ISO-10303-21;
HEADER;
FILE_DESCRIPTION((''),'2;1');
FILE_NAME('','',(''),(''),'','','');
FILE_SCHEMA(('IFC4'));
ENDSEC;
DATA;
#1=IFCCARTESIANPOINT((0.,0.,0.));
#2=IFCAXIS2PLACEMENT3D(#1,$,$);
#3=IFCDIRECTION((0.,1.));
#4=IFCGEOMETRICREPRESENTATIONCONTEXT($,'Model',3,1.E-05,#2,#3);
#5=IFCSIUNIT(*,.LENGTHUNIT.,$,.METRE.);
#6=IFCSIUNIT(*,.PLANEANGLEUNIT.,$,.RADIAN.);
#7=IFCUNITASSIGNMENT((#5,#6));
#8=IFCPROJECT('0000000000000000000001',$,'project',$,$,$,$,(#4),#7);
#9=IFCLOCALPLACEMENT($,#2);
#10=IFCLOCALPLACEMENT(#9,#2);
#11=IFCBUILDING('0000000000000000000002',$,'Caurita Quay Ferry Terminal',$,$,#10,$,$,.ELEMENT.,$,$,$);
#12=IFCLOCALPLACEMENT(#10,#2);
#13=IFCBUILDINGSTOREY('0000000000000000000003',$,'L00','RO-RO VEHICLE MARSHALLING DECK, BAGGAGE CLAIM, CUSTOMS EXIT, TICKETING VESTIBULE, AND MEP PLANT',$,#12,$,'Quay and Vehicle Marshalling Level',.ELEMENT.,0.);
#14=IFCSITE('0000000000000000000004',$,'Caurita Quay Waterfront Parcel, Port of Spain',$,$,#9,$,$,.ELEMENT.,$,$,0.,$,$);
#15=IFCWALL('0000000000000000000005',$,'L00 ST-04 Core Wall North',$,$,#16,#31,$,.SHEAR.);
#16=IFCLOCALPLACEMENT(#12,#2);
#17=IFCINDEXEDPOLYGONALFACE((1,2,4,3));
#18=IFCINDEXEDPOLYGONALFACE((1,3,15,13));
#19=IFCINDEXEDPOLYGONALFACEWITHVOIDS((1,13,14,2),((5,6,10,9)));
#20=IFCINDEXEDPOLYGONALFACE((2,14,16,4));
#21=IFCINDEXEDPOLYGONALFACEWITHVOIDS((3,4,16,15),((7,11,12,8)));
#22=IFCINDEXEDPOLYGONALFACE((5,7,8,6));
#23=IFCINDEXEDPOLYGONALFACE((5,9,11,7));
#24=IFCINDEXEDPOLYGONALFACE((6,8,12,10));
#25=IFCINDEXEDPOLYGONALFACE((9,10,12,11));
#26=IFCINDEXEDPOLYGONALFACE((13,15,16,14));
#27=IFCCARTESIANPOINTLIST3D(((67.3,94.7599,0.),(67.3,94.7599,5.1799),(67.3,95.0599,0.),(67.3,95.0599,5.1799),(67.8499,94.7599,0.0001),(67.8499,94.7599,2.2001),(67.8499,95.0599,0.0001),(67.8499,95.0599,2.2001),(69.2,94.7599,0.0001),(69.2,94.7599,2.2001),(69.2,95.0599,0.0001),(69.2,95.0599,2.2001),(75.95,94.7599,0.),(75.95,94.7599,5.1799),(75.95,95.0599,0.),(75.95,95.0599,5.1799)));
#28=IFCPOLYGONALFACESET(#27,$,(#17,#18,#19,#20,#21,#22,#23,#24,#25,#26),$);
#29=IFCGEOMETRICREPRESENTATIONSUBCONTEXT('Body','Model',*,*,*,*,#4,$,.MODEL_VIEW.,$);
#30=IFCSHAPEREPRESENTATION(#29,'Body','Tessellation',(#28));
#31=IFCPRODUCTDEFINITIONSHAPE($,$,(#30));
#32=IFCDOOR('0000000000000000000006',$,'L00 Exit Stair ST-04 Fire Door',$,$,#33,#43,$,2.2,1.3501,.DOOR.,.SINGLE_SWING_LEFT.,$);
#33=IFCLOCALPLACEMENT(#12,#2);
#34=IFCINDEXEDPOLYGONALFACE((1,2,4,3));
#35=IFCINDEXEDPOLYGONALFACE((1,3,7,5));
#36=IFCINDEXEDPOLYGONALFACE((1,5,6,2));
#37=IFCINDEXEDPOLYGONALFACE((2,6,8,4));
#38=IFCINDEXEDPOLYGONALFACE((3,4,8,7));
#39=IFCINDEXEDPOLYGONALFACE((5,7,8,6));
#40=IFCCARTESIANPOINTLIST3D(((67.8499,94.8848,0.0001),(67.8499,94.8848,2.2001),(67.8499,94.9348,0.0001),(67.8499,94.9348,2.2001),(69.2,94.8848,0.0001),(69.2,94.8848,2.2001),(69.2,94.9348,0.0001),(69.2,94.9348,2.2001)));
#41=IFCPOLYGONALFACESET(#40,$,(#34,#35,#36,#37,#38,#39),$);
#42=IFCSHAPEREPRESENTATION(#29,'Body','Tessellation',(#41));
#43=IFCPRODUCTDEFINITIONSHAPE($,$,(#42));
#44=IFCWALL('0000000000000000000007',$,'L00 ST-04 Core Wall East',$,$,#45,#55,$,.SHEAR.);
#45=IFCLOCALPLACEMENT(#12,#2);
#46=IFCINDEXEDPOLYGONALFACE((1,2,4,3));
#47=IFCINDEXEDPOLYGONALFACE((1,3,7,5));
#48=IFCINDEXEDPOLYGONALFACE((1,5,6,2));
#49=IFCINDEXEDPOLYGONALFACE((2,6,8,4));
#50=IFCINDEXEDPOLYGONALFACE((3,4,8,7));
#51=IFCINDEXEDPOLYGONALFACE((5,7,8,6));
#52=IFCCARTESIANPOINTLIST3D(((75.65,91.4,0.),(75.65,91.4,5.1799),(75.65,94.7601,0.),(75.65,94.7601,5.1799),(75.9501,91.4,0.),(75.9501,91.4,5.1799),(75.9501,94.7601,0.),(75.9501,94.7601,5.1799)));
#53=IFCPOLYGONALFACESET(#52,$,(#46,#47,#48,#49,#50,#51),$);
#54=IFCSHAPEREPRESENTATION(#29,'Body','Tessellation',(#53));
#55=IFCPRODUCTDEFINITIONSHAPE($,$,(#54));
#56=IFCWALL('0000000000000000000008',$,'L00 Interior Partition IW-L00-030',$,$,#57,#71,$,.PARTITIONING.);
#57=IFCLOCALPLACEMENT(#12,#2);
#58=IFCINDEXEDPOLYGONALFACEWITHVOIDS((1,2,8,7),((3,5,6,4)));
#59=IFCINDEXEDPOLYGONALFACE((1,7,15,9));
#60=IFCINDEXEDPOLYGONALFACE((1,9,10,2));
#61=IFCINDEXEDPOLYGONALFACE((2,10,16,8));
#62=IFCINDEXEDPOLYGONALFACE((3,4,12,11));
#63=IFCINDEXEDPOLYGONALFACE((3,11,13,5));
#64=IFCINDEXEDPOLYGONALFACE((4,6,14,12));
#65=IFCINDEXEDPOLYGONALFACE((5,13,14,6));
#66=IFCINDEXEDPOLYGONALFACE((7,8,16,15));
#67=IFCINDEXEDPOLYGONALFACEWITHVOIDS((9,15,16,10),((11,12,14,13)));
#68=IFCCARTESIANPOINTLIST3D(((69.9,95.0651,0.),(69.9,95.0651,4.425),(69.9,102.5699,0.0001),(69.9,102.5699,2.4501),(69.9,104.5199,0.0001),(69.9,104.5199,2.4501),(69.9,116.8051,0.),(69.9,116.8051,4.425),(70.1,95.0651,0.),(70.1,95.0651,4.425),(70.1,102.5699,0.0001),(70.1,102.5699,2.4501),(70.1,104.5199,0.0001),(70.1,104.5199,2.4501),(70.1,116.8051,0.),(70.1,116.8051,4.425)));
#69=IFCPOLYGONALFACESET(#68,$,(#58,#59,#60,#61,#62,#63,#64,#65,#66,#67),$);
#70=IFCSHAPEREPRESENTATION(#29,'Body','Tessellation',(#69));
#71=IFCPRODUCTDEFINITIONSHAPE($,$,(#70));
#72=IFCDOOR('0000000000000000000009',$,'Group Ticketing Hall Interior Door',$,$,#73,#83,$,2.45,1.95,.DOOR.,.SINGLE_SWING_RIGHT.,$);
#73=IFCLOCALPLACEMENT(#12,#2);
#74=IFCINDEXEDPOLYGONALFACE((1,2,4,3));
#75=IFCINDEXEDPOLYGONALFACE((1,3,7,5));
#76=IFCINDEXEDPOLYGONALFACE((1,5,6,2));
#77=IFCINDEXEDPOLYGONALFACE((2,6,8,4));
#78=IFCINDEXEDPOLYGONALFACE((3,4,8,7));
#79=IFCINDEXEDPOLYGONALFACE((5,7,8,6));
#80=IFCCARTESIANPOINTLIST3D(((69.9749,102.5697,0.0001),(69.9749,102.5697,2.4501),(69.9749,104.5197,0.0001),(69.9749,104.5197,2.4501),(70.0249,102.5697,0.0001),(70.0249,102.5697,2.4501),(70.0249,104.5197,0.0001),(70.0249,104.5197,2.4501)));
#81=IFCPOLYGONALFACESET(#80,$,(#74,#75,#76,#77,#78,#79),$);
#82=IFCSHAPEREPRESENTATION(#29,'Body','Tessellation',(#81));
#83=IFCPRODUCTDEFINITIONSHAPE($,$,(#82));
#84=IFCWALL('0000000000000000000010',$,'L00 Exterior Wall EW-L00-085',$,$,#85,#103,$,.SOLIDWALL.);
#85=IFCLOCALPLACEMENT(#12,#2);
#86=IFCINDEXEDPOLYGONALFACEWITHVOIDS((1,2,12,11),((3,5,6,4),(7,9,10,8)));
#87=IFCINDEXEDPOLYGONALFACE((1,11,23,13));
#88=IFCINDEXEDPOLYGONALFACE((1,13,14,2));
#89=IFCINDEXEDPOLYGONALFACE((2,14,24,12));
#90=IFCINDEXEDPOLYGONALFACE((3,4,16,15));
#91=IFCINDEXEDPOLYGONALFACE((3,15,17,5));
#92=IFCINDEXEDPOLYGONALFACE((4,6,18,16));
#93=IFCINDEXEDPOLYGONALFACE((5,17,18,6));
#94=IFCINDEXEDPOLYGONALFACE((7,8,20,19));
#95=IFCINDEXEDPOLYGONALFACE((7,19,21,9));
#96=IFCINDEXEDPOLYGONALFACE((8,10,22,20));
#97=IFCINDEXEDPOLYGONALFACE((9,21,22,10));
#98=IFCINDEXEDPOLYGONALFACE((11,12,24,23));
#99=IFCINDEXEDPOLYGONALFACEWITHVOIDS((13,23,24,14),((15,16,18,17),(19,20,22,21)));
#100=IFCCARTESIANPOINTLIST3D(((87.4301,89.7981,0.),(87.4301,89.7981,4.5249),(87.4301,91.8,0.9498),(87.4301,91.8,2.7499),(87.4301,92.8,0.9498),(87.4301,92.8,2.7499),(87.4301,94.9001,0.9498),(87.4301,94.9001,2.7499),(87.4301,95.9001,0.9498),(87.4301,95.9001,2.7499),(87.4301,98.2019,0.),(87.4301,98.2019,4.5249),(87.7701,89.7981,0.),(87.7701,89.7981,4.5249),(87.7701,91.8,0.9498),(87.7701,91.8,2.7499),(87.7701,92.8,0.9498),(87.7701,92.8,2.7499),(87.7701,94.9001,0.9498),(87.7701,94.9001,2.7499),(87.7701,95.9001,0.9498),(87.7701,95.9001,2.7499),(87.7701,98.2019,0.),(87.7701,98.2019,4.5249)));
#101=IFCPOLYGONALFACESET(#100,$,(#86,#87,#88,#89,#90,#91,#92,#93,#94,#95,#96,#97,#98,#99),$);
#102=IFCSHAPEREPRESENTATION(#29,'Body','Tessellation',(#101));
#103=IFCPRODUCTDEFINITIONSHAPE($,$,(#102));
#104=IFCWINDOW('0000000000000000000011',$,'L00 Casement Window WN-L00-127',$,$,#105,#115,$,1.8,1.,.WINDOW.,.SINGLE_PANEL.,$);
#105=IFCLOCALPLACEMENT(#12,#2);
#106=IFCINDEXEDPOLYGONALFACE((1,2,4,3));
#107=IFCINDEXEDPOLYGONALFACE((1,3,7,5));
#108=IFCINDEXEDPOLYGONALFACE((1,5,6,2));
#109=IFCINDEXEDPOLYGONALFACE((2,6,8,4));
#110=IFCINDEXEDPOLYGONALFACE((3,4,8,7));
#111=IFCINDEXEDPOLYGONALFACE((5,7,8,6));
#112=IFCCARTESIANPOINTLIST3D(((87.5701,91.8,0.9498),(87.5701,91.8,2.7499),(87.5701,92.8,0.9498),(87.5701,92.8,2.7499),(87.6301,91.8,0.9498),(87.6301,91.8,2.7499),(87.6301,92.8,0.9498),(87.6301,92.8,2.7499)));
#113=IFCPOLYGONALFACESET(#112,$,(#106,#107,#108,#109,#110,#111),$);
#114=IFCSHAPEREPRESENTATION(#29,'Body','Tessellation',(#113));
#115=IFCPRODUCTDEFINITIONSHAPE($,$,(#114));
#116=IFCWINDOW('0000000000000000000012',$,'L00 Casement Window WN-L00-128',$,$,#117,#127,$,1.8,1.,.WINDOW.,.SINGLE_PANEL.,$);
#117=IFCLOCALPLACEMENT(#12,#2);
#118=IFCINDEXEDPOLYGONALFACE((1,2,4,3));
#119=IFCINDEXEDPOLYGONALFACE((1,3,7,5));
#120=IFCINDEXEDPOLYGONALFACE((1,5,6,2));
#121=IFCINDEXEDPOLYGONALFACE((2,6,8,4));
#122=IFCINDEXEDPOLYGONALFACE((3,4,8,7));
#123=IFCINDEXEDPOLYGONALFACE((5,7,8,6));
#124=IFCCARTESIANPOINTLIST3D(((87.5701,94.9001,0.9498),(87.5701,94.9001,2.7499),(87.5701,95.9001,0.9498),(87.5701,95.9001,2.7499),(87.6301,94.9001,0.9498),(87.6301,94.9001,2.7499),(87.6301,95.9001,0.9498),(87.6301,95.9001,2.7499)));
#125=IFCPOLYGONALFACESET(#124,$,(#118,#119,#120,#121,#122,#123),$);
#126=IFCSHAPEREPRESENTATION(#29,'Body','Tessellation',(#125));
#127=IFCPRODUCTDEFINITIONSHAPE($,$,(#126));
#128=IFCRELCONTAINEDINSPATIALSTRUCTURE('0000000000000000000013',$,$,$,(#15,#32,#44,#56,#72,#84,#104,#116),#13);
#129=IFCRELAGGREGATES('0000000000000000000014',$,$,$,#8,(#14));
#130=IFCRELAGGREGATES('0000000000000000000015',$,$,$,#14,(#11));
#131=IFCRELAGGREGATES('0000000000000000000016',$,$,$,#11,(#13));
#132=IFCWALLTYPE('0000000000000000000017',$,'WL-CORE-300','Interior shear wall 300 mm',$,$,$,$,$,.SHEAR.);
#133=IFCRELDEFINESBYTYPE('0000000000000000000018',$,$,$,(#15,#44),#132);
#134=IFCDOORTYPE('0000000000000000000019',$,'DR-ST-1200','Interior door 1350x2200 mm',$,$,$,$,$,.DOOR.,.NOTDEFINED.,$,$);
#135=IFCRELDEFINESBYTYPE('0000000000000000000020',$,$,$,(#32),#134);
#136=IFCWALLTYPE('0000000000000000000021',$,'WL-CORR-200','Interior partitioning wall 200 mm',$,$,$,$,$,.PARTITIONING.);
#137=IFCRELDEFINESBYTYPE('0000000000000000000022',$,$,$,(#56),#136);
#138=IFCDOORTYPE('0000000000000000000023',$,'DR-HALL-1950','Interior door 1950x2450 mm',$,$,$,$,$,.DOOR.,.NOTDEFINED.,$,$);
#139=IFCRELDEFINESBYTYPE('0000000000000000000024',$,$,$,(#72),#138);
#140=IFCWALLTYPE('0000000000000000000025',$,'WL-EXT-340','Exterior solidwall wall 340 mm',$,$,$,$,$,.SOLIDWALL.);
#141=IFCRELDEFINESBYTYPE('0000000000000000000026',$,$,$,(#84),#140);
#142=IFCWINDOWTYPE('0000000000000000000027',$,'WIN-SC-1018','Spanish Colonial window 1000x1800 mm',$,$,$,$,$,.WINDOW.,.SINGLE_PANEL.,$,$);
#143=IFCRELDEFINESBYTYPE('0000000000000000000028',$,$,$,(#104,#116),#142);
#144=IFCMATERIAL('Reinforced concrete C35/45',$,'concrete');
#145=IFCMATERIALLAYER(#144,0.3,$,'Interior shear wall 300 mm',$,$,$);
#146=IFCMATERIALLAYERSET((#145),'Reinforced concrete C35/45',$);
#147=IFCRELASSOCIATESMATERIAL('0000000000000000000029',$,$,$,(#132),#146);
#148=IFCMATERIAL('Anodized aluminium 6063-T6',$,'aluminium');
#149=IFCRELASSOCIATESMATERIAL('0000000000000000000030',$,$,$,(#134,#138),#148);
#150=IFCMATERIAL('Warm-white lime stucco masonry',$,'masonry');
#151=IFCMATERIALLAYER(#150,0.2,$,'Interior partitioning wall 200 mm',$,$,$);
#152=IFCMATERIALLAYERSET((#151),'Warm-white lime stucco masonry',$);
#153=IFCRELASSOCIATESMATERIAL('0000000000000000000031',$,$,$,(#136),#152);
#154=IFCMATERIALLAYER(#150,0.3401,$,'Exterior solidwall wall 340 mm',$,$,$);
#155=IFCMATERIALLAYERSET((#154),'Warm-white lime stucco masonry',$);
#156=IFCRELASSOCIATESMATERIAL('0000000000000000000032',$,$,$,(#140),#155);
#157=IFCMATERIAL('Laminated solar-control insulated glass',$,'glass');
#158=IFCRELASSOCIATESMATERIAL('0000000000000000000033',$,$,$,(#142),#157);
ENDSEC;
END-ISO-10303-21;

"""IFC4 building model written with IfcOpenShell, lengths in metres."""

from ifc_helpers import new_model, si_unit, direction, frame, frame_2d, origin, place, context, subcontext, project, spatial, rectangle, extrude, material, layer, layer_set, type_object, element, fill, save


model = new_model("IFC4")

# Units and contexts
model_context = context("Model", 3, precision=1e-05, world=origin(), true_north=direction((0.0, 1.0)))
body_context = subcontext(model_context, "Body", "Model", "MODEL_VIEW")
ifc_project = project(units=[si_unit("LENGTHUNIT", "METRE"), si_unit("PLANEANGLEUNIT", "RADIAN")], contexts=[model_context])

# Site, building, storey
site_placement = place(None, origin())
site = spatial("IfcSite", under=ifc_project, at=site_placement, Name="Caurita Quay Waterfront Parcel, Port of Spain", CompositionType="ELEMENT", RefElevation=0.0)
building_placement = place(site_placement, origin())
building = spatial("IfcBuilding", under=site, at=building_placement, Name="Caurita Quay Ferry Terminal", CompositionType="ELEMENT")
storey_placement = place(building_placement, origin())
storey = spatial("IfcBuildingStorey", under=building, at=storey_placement, Name="L00", Description="RO-RO VEHICLE MARSHALLING DECK, BAGGAGE CLAIM, CUSTOMS EXIT, TICKETING VESTIBULE, AND MEP PLANT", LongName="Quay and Vehicle Marshalling Level", CompositionType="ELEMENT", Elevation=0.0)

# Shared definitions
ifc_material_1 = material(Name="Reinforced concrete C35/45", Category="concrete")

# Wall, opening, door
ifc_layer_1 = layer(ifc_material_1, 0.3, Name="Interior shear wall 300 mm")
ifc_layer_set_1 = layer_set([ifc_layer_1], Name="Reinforced concrete C35/45")
wall_type_1 = type_object("IfcWallType", Name="WL-CORE-300", Description="Interior shear wall 300 mm", PredefinedType="SHEAR", material=ifc_layer_set_1)
wall_1_placement = place(storey_placement, frame((75.95, 94.9099, 0.0), z_axis=(0.0, 0.0, 1.0), x_axis=(-1.0, 0.0, 0.0)))
wall_1 = element("IfcWall", 1, at=wall_1_placement, inside=storey, type_object=wall_type_1, Name="L00 ST-04 Core Wall North", PredefinedType="SHEAR", context=body_context, shape_type="SweptSolid", body=[
    extrude(rectangle(XDim=8.6499, YDim=0.3, at=frame_2d((4.325, 0.0))), origin(), (0.0, 0.0, 1.0), 5.1799),
])
opening_1_placement = place(wall_1_placement, frame((6.75, 0.0, 0.0)))
opening_1 = element("IfcOpeningElement", 2, at=opening_1_placement, cuts=wall_1, PredefinedType="OPENING", context=body_context, shape_type="SweptSolid", body=[
    extrude(rectangle(XDim=1.3501, YDim=2.2, at=frame_2d((0.675, 1.1001))), frame((0.0, 0.1599, 0.0), z_axis=(0.0, -1.0, 0.0), x_axis=(1.0, 0.0, 0.0)), (0.0, 0.0, 1.0), 0.3201),
])
ifc_material_2 = material(Name="Anodized aluminium 6063-T6", Category="aluminium")
door_type_1 = type_object("IfcDoorType", Name="DR-ST-1200", Description="Interior door 1350x2200 mm", OperationType="NOTDEFINED", PredefinedType="DOOR", material=ifc_material_2)
door_1_placement = place(opening_1_placement, frame((1.3501, 0.0, 0.0), z_axis=(0.0, 0.0, 1.0), x_axis=(-1.0, 0.0, 0.0)))
door_1 = element("IfcDoor", 3, at=door_1_placement, inside=storey, type_object=door_type_1, Name="L00 Exit Stair ST-04 Fire Door", OperationType="SINGLE_SWING_LEFT", OverallHeight=2.2, OverallWidth=1.3501, PredefinedType="DOOR", context=body_context, shape_type="SweptSolid", body=[
    extrude(rectangle(XDim=1.3501, YDim=2.2, at=frame_2d((0.675, 1.1001))), frame((0.0, 0.0249, 0.0), z_axis=(0.0, -1.0, 0.0), x_axis=(1.0, 0.0, 0.0)), (0.0, 0.0, 1.0), 0.05),
])
fill(opening_1, door_1)

# Wall
wall_2_placement = place(storey_placement, frame((75.8, 91.3999, 0.0), z_axis=(0.0, 0.0, 1.0), x_axis=(0.0, 1.0, 0.0)))
element("IfcWall", 4, at=wall_2_placement, inside=storey, type_object=wall_type_1, Name="L00 ST-04 Core Wall East", PredefinedType="SHEAR", context=body_context, shape_type="SweptSolid", body=[
    extrude(rectangle(XDim=3.3601, YDim=0.3, at=frame_2d((1.6802, 0.0))), origin(), (0.0, 0.0, 1.0), 5.1799),
])

# Wall, opening, door
ifc_material_3 = material(Name="Warm-white lime stucco masonry", Category="masonry")
ifc_layer_2 = layer(ifc_material_3, 0.2, Name="Interior partitioning wall 200 mm")
ifc_layer_set_2 = layer_set([ifc_layer_2], Name="Warm-white lime stucco masonry")
wall_type_2 = type_object("IfcWallType", Name="WL-CORR-200", Description="Interior partitioning wall 200 mm", PredefinedType="PARTITIONING", material=ifc_layer_set_2)
wall_3_placement = place(storey_placement, frame((70.0, 95.0649, 0.0), z_axis=(0.0, 0.0, 1.0), x_axis=(0.0, 1.0, 0.0)))
wall_3 = element("IfcWall", 5, at=wall_3_placement, inside=storey, type_object=wall_type_2, Name="L00 Interior Partition IW-L00-030", PredefinedType="PARTITIONING", context=body_context, shape_type="SweptSolid", body=[
    extrude(rectangle(XDim=21.74, YDim=0.2, at=frame_2d((10.8701, 0.0))), origin(), (0.0, 0.0, 1.0), 4.425),
])
opening_2_placement = place(wall_3_placement, frame((7.5049, 0.0, 0.0)))
opening_2 = element("IfcOpeningElement", 6, at=opening_2_placement, cuts=wall_3, PredefinedType="OPENING", context=body_context, shape_type="SweptSolid", body=[
    extrude(rectangle(XDim=1.95, YDim=2.45, at=frame_2d((0.9751, 1.2251))), frame((0.0, 0.1099, 0.0), z_axis=(0.0, -1.0, 0.0), x_axis=(1.0, 0.0, 0.0)), (0.0, 0.0, 1.0), 0.22),
])
door_type_2 = type_object("IfcDoorType", Name="DR-HALL-1950", Description="Interior door 1950x2450 mm", OperationType="NOTDEFINED", PredefinedType="DOOR", material=ifc_material_2)
door_2_placement = place(opening_2_placement, frame((1.95, 0.0, 0.0), z_axis=(0.0, 0.0, 1.0), x_axis=(-1.0, 0.0, 0.0)))
door_2 = element("IfcDoor", 7, at=door_2_placement, inside=storey, type_object=door_type_2, Name="Group Ticketing Hall Interior Door", OperationType="SINGLE_SWING_RIGHT", OverallHeight=2.45, OverallWidth=1.95, PredefinedType="DOOR", context=body_context, shape_type="SweptSolid", body=[
    extrude(rectangle(XDim=1.95, YDim=2.45, at=frame_2d((0.9751, 1.2251))), frame((0.0, 0.0249, 0.0), z_axis=(0.0, -1.0, 0.0), x_axis=(1.0, 0.0, 0.0)), (0.0, 0.0, 1.0), 0.05),
])
fill(opening_2, door_2)

# Wall, openings, windows
ifc_layer_3 = layer(ifc_material_3, 0.3401, Name="Exterior solidwall wall 340 mm")
ifc_layer_set_3 = layer_set([ifc_layer_3], Name="Warm-white lime stucco masonry")
wall_type_3 = type_object("IfcWallType", Name="WL-EXT-340", Description="Exterior solidwall wall 340 mm", PredefinedType="SOLIDWALL", material=ifc_layer_set_3)
wall_4_placement = place(storey_placement, frame((87.6001, 89.7981, 0.0), z_axis=(0.0, 0.0, 1.0), x_axis=(0.0, 1.0, 0.0)))
wall_4 = element("IfcWall", 8, at=wall_4_placement, inside=storey, type_object=wall_type_3, Name="L00 Exterior Wall EW-L00-085", PredefinedType="SOLIDWALL", context=body_context, shape_type="SweptSolid", body=[
    extrude(rectangle(XDim=8.4038, YDim=0.3401, at=frame_2d((4.2019, 0.0))), origin(), (0.0, 0.0, 1.0), 4.5249),
])
opening_3_placement = place(wall_4_placement, frame((2.002, 0.0, 0.95)))
opening_3 = element("IfcOpeningElement", 9, at=opening_3_placement, cuts=wall_4, PredefinedType="OPENING", context=body_context, shape_type="SweptSolid", body=[
    extrude(rectangle(XDim=1.0, YDim=1.8, at=frame_2d((0.5, 0.8999))), frame((0.0, 0.1799, 0.0), z_axis=(0.0, -1.0, 0.0), x_axis=(1.0, 0.0, 0.0)), (0.0, 0.0, 1.0), 0.3601),
])
opening_4_placement = place(wall_4_placement, frame((5.1021, 0.0, 0.95)))
opening_4 = element("IfcOpeningElement", 10, at=opening_4_placement, cuts=wall_4, PredefinedType="OPENING", context=body_context, shape_type="SweptSolid", body=[
    extrude(rectangle(XDim=1.0, YDim=1.8, at=frame_2d((0.5, 0.8999))), frame((0.0, 0.1799, 0.0), z_axis=(0.0, -1.0, 0.0), x_axis=(1.0, 0.0, 0.0)), (0.0, 0.0, 1.0), 0.3601),
])
ifc_material_4 = material(Name="Laminated solar-control insulated glass", Category="glass")
window_type = type_object("IfcWindowType", Name="WIN-SC-1018", Description="Spanish Colonial window 1000x1800 mm", PartitioningType="SINGLE_PANEL", PredefinedType="WINDOW", material=ifc_material_4)
window_1_placement = place(opening_3_placement, origin())
window_1 = element("IfcWindow", 11, at=window_1_placement, inside=storey, type_object=window_type, Name="L00 Casement Window WN-L00-127", OverallHeight=1.8, OverallWidth=1.0, PartitioningType="SINGLE_PANEL", PredefinedType="WINDOW", context=body_context, shape_type="SweptSolid", body=[
    extrude(rectangle(XDim=1.0, YDim=1.8, at=frame_2d((0.5, 0.8999))), frame((0.0, 0.03, 0.0), z_axis=(0.0, -1.0, 0.0), x_axis=(1.0, 0.0, 0.0)), (0.0, 0.0, 1.0), 0.0601),
])
fill(opening_3, window_1)
window_2_placement = place(opening_4_placement, origin())
window_2 = element("IfcWindow", 12, at=window_2_placement, inside=storey, type_object=window_type, Name="L00 Casement Window WN-L00-128", OverallHeight=1.8, OverallWidth=1.0, PartitioningType="SINGLE_PANEL", PredefinedType="WINDOW", context=body_context, shape_type="SweptSolid", body=[
    extrude(rectangle(XDim=1.0, YDim=1.8, at=frame_2d((0.5, 0.8999))), frame((0.0, 0.03, 0.0), z_axis=(0.0, -1.0, 0.0), x_axis=(1.0, 0.0, 0.0)), (0.0, 0.0, 1.0), 0.0601),
])
fill(opening_4, window_2)

save(model, "model.ifc")
